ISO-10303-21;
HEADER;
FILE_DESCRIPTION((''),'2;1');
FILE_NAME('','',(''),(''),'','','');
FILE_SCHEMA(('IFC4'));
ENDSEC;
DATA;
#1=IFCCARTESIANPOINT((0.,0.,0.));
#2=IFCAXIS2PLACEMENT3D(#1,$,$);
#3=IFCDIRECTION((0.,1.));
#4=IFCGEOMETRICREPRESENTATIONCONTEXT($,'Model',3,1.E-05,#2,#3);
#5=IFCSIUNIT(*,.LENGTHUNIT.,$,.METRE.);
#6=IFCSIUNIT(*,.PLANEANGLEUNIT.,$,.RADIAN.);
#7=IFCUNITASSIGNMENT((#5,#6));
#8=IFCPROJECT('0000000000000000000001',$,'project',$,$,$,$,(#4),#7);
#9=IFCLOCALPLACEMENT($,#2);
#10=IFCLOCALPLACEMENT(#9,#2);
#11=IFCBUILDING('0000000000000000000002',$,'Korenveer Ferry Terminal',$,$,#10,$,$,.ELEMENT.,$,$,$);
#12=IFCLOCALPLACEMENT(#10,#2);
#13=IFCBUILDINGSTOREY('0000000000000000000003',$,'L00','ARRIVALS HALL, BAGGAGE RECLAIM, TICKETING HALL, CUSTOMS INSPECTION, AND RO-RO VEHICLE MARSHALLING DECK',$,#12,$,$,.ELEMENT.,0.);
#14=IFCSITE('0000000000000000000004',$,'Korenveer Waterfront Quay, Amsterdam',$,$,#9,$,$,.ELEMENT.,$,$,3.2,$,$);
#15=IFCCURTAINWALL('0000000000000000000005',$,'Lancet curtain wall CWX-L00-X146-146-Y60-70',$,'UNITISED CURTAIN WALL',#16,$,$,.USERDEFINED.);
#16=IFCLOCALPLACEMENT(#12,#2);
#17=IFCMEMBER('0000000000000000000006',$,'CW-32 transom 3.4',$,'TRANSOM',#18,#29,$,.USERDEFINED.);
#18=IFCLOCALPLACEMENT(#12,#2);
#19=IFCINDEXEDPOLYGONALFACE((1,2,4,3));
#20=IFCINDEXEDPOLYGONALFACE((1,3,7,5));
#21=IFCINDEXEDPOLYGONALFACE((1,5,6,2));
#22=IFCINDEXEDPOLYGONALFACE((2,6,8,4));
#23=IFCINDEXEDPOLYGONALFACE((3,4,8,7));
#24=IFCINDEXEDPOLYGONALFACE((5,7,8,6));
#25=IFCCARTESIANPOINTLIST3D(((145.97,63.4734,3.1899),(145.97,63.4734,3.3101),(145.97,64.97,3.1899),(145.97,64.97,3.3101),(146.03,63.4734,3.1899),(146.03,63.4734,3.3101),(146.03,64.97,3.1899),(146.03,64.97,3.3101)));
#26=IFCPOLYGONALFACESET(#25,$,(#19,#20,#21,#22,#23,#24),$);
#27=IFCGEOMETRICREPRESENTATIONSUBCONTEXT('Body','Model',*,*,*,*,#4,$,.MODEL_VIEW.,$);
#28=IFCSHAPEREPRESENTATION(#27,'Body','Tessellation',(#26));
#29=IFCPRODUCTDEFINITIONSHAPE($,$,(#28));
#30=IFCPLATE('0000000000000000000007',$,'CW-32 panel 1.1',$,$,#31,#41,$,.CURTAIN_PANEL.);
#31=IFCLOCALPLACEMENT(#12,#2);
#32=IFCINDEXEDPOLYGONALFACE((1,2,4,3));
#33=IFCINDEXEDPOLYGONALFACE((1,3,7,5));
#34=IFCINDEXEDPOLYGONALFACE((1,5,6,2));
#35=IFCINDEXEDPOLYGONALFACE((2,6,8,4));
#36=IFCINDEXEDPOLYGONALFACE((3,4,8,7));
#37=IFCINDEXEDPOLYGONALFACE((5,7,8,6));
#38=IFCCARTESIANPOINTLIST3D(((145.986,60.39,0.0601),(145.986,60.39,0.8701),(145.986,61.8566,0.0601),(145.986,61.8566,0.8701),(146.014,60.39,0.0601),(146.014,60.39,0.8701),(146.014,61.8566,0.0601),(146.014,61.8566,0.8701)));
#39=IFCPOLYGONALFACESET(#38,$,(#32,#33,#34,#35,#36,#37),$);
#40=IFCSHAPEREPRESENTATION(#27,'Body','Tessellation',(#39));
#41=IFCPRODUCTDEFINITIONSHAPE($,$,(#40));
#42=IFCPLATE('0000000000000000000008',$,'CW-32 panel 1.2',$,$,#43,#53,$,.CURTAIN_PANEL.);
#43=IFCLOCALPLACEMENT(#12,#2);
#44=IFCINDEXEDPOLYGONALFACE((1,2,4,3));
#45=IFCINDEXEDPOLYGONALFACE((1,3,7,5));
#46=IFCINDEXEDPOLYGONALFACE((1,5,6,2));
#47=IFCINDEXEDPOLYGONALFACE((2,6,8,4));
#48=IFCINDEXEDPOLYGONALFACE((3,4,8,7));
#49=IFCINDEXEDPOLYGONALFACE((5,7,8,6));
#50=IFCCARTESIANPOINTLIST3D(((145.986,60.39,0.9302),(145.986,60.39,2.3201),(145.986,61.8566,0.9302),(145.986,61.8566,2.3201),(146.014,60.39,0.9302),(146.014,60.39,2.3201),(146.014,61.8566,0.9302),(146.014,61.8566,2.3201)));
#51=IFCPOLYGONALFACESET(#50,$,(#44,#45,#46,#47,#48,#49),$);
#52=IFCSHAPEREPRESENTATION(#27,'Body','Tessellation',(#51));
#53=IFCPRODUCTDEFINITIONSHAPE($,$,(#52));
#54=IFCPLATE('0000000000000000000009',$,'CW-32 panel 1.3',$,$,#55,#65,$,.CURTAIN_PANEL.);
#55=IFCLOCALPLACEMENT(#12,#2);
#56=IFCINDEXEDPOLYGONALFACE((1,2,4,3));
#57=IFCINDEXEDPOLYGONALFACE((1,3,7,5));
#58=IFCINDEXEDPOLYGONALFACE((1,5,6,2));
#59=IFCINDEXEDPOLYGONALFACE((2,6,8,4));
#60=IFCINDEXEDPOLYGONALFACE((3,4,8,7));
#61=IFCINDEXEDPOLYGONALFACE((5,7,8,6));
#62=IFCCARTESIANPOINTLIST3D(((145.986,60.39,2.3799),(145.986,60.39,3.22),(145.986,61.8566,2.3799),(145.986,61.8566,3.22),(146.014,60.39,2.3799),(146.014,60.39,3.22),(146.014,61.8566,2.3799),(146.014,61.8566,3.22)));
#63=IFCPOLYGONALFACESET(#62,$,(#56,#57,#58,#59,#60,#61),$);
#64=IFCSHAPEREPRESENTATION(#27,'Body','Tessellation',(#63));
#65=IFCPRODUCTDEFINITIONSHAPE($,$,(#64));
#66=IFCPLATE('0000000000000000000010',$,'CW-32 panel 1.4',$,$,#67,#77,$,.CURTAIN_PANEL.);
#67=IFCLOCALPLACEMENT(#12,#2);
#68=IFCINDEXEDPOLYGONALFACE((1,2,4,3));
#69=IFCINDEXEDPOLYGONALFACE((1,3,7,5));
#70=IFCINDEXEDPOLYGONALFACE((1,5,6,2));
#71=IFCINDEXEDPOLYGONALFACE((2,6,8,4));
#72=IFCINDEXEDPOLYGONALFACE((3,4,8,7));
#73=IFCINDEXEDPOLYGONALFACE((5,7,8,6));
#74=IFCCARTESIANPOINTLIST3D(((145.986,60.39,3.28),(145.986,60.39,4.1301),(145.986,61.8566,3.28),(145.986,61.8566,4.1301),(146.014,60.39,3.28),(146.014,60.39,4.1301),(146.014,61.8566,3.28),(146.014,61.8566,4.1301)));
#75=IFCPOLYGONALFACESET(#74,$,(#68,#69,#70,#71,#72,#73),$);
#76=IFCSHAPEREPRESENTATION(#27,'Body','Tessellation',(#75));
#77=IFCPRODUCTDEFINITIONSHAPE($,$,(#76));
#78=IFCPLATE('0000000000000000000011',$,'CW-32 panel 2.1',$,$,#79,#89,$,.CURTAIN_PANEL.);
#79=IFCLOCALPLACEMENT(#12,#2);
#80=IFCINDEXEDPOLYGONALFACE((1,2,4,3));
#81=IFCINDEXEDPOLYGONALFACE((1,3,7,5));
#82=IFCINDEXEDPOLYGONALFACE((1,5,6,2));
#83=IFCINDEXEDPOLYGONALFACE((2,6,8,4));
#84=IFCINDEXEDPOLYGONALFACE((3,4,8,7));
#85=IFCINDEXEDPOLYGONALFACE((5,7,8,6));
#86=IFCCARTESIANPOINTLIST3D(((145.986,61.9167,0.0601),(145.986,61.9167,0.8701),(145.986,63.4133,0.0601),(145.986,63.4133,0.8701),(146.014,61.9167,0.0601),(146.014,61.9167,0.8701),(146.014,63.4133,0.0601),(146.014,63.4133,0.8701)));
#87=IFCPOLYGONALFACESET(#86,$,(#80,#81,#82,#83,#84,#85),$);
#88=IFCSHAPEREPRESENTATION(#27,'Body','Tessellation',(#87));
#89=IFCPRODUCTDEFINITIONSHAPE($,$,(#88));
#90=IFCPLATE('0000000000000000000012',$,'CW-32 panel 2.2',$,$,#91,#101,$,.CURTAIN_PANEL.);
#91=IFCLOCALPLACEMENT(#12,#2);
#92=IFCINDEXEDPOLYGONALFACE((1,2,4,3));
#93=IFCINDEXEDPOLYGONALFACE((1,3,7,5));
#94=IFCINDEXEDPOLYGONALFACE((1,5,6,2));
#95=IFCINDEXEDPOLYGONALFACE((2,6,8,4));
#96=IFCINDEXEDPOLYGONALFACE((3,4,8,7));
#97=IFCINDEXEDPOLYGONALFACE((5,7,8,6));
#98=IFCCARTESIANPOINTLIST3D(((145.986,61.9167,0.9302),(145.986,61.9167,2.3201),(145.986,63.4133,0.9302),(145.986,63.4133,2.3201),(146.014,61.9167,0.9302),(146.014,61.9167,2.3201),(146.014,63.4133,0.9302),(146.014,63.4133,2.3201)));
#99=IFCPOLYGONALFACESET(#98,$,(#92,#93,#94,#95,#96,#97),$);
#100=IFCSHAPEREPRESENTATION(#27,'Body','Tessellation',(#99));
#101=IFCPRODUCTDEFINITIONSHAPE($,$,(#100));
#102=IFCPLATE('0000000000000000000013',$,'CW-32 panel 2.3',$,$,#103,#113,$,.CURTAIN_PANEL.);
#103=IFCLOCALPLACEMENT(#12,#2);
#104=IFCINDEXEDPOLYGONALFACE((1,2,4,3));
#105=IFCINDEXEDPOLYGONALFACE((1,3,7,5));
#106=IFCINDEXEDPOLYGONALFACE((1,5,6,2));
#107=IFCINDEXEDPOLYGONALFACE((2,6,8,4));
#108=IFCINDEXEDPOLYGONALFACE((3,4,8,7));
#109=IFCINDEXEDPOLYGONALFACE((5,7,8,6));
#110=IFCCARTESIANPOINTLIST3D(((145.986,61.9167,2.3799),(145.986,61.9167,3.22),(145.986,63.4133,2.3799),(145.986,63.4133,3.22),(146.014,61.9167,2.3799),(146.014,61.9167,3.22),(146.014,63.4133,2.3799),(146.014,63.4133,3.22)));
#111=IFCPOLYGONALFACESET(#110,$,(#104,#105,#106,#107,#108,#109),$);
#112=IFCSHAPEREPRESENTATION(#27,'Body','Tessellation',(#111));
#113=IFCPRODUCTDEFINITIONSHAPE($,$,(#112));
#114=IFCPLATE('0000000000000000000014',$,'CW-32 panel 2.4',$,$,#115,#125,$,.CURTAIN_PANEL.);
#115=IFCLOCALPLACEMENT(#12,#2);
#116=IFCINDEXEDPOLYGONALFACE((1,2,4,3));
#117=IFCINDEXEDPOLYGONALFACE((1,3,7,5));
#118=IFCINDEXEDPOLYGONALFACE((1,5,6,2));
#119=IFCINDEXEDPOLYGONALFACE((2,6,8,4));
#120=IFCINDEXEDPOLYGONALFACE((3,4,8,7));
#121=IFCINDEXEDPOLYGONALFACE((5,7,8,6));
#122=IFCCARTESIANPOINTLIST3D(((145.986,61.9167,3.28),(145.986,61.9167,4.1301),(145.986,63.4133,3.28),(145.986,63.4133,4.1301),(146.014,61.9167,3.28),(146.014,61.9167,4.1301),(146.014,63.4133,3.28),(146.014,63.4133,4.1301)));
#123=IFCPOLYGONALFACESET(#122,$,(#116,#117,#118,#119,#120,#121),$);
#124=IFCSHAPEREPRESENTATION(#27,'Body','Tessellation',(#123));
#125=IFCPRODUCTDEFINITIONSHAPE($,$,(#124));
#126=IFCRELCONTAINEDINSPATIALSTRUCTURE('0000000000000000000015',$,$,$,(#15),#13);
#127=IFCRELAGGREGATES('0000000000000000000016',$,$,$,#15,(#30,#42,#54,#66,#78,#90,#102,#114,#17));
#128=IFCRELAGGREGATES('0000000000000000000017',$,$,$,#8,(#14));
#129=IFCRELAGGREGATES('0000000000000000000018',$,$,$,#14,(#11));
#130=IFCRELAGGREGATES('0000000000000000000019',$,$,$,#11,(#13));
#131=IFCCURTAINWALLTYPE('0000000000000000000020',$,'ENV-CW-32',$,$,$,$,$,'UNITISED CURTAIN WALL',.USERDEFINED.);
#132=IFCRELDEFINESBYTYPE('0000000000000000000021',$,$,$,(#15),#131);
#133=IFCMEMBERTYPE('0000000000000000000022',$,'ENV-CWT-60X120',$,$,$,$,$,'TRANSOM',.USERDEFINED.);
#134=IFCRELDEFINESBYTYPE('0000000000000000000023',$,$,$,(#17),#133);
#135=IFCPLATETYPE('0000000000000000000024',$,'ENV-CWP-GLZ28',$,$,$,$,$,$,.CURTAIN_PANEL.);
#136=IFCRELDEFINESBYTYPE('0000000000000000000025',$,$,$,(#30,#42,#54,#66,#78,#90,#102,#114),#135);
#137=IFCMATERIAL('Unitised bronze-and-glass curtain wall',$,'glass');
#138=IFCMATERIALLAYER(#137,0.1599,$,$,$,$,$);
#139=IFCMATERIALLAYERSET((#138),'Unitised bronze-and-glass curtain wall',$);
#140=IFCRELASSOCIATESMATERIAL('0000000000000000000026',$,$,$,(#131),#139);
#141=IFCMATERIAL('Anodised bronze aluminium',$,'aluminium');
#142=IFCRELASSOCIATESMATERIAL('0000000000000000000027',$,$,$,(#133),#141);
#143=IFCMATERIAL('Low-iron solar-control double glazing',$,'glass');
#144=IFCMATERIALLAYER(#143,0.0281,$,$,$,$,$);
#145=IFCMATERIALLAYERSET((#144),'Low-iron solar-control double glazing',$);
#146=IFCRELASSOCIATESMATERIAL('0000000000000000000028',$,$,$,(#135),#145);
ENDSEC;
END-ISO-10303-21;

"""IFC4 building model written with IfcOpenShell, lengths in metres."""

from ifc_helpers import new_model, si_unit, direction, frame, origin, origin_2d, place, context, subcontext, project, spatial, rectangle, extrude, material, layer, layer_set, material_profile, profile_set, type_object, element, aggregate, save


model = new_model("IFC4")

# Units and contexts
model_context = context("Model", 3, precision=1e-05, world=origin(), true_north=direction((0.0, 1.0)))
body_context = subcontext(model_context, "Body", "Model", "MODEL_VIEW")
ifc_project = project(units=[si_unit("LENGTHUNIT", "METRE"), si_unit("PLANEANGLEUNIT", "RADIAN")], contexts=[model_context])

# Site, building, storey
site_placement = place(None, origin())
site = spatial("IfcSite", under=ifc_project, at=site_placement, Name="Korenveer Waterfront Quay, Amsterdam", CompositionType="ELEMENT", RefElevation=3.2)
building_placement = place(site_placement, origin())
building = spatial("IfcBuilding", under=site, at=building_placement, Name="Korenveer Ferry Terminal", CompositionType="ELEMENT")
storey_placement = place(building_placement, origin())
storey = spatial("IfcBuildingStorey", under=building, at=storey_placement, Name="L00", Description="ARRIVALS HALL, BAGGAGE RECLAIM, TICKETING HALL, CUSTOMS INSPECTION, AND RO-RO VEHICLE MARSHALLING DECK", CompositionType="ELEMENT", Elevation=0.0)

# Curtain wall, member, plates
ifc_material_1 = material(Name="Unitised bronze-and-glass curtain wall", Category="glass")
ifc_layer_1 = layer(ifc_material_1, 0.1599)
ifc_layer_set_1 = layer_set([ifc_layer_1], Name="Unitised bronze-and-glass curtain wall")
curtain_wall_type = type_object("IfcCurtainWallType", Name="ENV-CW-32", ElementType="UNITISED CURTAIN WALL", PredefinedType="USERDEFINED", material=ifc_layer_set_1)
curtain_wall_placement = place(storey_placement, frame((146.0, 60.3301, 0.0)))
curtain_wall = element("IfcCurtainWall", 1, at=curtain_wall_placement, inside=storey, type_object=curtain_wall_type, Name="Lancet curtain wall CWX-L00-X146-146-Y60-70", ObjectType="UNITISED CURTAIN WALL", PredefinedType="USERDEFINED")
ifc_material_2 = material(Name="Anodised bronze aluminium", Category="aluminium")
ifc_material_profile_1 = material_profile(ifc_material_2, rectangle(XDim=0.0601, YDim=0.1201, at=origin_2d()), Name="ALU 60x120")
ifc_profile_set_1 = profile_set([ifc_material_profile_1], Name="Anodised bronze aluminium")
member_type_1 = type_object("IfcMemberType", Name="ENV-CWT-60X120", ElementType="TRANSOM", PredefinedType="USERDEFINED", material=ifc_profile_set_1)
member_1_placement = place(storey_placement, frame((146.0, 63.4734, 3.25), z_axis=(0.0, 1.0, 0.0), x_axis=(-1.0, 0.0, 0.0)))
member_1 = element("IfcMember", 2, at=member_1_placement, type_object=member_type_1, Name="CW-32 transom 3.4", ObjectType="TRANSOM", PredefinedType="USERDEFINED", context=body_context, shape_type="SweptSolid", body=[
    extrude(rectangle(XDim=0.0601, YDim=0.1201, at=origin_2d()), origin(), (0.0, 0.0, 1.0), 1.4966),
])
ifc_material_3 = material(Name="Low-iron solar-control double glazing", Category="glass")
ifc_layer_2 = layer(ifc_material_3, 0.0281)
ifc_layer_set_2 = layer_set([ifc_layer_2], Name="Low-iron solar-control double glazing")
plate_type = type_object("IfcPlateType", Name="ENV-CWP-GLZ28", PredefinedType="CURTAIN_PANEL", material=ifc_layer_set_2)
plate_1_placement = place(storey_placement, frame((146.0, 61.1233, 0.0601), z_axis=(0.0, 0.0, 1.0), x_axis=(0.0, 1.0, 0.0)))
plate_1 = element("IfcPlate", 3, at=plate_1_placement, type_object=plate_type, Name="CW-32 panel 1.1", PredefinedType="CURTAIN_PANEL", context=body_context, shape_type="SweptSolid", body=[
    extrude(rectangle(XDim=1.4666, YDim=0.0281, at=origin_2d()), origin(), (0.0, 0.0, 1.0), 0.8101),
])
plate_2_placement = place(storey_placement, frame((146.0, 61.1233, 0.9302), z_axis=(0.0, 0.0, 1.0), x_axis=(0.0, 1.0, 0.0)))
plate_2 = element("IfcPlate", 4, at=plate_2_placement, type_object=plate_type, Name="CW-32 panel 1.2", PredefinedType="CURTAIN_PANEL", context=body_context, shape_type="SweptSolid", body=[
    extrude(rectangle(XDim=1.4666, YDim=0.0281, at=origin_2d()), origin(), (0.0, 0.0, 1.0), 1.3899),
])
plate_3_placement = place(storey_placement, frame((146.0, 61.1233, 2.3799), z_axis=(0.0, 0.0, 1.0), x_axis=(0.0, 1.0, 0.0)))
plate_3 = element("IfcPlate", 5, at=plate_3_placement, type_object=plate_type, Name="CW-32 panel 1.3", PredefinedType="CURTAIN_PANEL", context=body_context, shape_type="SweptSolid", body=[
    extrude(rectangle(XDim=1.4666, YDim=0.0281, at=origin_2d()), origin(), (0.0, 0.0, 1.0), 0.8401),
])
plate_4_placement = place(storey_placement, frame((146.0, 61.1233, 3.28), z_axis=(0.0, 0.0, 1.0), x_axis=(0.0, 1.0, 0.0)))
plate_4 = element("IfcPlate", 6, at=plate_4_placement, type_object=plate_type, Name="CW-32 panel 1.4", PredefinedType="CURTAIN_PANEL", context=body_context, shape_type="SweptSolid", body=[
    extrude(rectangle(XDim=1.4666, YDim=0.0281, at=origin_2d()), origin(), (0.0, 0.0, 1.0), 0.8501),
])
plate_5_placement = place(storey_placement, frame((146.0, 62.665, 0.0601), z_axis=(0.0, 0.0, 1.0), x_axis=(0.0, 1.0, 0.0)))
plate_5 = element("IfcPlate", 7, at=plate_5_placement, type_object=plate_type, Name="CW-32 panel 2.1", PredefinedType="CURTAIN_PANEL", context=body_context, shape_type="SweptSolid", body=[
    extrude(rectangle(XDim=1.4966, YDim=0.0281, at=origin_2d()), origin(), (0.0, 0.0, 1.0), 0.8101),
])
plate_6_placement = place(storey_placement, frame((146.0, 62.665, 0.9302), z_axis=(0.0, 0.0, 1.0), x_axis=(0.0, 1.0, 0.0)))
plate_6 = element("IfcPlate", 8, at=plate_6_placement, type_object=plate_type, Name="CW-32 panel 2.2", PredefinedType="CURTAIN_PANEL", context=body_context, shape_type="SweptSolid", body=[
    extrude(rectangle(XDim=1.4966, YDim=0.0281, at=origin_2d()), origin(), (0.0, 0.0, 1.0), 1.3899),
])
plate_7_placement = place(storey_placement, frame((146.0, 62.665, 2.3799), z_axis=(0.0, 0.0, 1.0), x_axis=(0.0, 1.0, 0.0)))
plate_7 = element("IfcPlate", 9, at=plate_7_placement, type_object=plate_type, Name="CW-32 panel 2.3", PredefinedType="CURTAIN_PANEL", context=body_context, shape_type="SweptSolid", body=[
    extrude(rectangle(XDim=1.4966, YDim=0.0281, at=origin_2d()), origin(), (0.0, 0.0, 1.0), 0.8401),
])
plate_8_placement = place(storey_placement, frame((146.0, 62.665, 3.28), z_axis=(0.0, 0.0, 1.0), x_axis=(0.0, 1.0, 0.0)))
plate_8 = element("IfcPlate", 10, at=plate_8_placement, type_object=plate_type, Name="CW-32 panel 2.4", PredefinedType="CURTAIN_PANEL", context=body_context, shape_type="SweptSolid", body=[
    extrude(rectangle(XDim=1.4966, YDim=0.0281, at=origin_2d()), origin(), (0.0, 0.0, 1.0), 0.8501),
])
aggregate(curtain_wall, [plate_1, plate_2, plate_3, plate_4, plate_5, plate_6, plate_7, plate_8, member_1])

save(model, "model.ifc")
